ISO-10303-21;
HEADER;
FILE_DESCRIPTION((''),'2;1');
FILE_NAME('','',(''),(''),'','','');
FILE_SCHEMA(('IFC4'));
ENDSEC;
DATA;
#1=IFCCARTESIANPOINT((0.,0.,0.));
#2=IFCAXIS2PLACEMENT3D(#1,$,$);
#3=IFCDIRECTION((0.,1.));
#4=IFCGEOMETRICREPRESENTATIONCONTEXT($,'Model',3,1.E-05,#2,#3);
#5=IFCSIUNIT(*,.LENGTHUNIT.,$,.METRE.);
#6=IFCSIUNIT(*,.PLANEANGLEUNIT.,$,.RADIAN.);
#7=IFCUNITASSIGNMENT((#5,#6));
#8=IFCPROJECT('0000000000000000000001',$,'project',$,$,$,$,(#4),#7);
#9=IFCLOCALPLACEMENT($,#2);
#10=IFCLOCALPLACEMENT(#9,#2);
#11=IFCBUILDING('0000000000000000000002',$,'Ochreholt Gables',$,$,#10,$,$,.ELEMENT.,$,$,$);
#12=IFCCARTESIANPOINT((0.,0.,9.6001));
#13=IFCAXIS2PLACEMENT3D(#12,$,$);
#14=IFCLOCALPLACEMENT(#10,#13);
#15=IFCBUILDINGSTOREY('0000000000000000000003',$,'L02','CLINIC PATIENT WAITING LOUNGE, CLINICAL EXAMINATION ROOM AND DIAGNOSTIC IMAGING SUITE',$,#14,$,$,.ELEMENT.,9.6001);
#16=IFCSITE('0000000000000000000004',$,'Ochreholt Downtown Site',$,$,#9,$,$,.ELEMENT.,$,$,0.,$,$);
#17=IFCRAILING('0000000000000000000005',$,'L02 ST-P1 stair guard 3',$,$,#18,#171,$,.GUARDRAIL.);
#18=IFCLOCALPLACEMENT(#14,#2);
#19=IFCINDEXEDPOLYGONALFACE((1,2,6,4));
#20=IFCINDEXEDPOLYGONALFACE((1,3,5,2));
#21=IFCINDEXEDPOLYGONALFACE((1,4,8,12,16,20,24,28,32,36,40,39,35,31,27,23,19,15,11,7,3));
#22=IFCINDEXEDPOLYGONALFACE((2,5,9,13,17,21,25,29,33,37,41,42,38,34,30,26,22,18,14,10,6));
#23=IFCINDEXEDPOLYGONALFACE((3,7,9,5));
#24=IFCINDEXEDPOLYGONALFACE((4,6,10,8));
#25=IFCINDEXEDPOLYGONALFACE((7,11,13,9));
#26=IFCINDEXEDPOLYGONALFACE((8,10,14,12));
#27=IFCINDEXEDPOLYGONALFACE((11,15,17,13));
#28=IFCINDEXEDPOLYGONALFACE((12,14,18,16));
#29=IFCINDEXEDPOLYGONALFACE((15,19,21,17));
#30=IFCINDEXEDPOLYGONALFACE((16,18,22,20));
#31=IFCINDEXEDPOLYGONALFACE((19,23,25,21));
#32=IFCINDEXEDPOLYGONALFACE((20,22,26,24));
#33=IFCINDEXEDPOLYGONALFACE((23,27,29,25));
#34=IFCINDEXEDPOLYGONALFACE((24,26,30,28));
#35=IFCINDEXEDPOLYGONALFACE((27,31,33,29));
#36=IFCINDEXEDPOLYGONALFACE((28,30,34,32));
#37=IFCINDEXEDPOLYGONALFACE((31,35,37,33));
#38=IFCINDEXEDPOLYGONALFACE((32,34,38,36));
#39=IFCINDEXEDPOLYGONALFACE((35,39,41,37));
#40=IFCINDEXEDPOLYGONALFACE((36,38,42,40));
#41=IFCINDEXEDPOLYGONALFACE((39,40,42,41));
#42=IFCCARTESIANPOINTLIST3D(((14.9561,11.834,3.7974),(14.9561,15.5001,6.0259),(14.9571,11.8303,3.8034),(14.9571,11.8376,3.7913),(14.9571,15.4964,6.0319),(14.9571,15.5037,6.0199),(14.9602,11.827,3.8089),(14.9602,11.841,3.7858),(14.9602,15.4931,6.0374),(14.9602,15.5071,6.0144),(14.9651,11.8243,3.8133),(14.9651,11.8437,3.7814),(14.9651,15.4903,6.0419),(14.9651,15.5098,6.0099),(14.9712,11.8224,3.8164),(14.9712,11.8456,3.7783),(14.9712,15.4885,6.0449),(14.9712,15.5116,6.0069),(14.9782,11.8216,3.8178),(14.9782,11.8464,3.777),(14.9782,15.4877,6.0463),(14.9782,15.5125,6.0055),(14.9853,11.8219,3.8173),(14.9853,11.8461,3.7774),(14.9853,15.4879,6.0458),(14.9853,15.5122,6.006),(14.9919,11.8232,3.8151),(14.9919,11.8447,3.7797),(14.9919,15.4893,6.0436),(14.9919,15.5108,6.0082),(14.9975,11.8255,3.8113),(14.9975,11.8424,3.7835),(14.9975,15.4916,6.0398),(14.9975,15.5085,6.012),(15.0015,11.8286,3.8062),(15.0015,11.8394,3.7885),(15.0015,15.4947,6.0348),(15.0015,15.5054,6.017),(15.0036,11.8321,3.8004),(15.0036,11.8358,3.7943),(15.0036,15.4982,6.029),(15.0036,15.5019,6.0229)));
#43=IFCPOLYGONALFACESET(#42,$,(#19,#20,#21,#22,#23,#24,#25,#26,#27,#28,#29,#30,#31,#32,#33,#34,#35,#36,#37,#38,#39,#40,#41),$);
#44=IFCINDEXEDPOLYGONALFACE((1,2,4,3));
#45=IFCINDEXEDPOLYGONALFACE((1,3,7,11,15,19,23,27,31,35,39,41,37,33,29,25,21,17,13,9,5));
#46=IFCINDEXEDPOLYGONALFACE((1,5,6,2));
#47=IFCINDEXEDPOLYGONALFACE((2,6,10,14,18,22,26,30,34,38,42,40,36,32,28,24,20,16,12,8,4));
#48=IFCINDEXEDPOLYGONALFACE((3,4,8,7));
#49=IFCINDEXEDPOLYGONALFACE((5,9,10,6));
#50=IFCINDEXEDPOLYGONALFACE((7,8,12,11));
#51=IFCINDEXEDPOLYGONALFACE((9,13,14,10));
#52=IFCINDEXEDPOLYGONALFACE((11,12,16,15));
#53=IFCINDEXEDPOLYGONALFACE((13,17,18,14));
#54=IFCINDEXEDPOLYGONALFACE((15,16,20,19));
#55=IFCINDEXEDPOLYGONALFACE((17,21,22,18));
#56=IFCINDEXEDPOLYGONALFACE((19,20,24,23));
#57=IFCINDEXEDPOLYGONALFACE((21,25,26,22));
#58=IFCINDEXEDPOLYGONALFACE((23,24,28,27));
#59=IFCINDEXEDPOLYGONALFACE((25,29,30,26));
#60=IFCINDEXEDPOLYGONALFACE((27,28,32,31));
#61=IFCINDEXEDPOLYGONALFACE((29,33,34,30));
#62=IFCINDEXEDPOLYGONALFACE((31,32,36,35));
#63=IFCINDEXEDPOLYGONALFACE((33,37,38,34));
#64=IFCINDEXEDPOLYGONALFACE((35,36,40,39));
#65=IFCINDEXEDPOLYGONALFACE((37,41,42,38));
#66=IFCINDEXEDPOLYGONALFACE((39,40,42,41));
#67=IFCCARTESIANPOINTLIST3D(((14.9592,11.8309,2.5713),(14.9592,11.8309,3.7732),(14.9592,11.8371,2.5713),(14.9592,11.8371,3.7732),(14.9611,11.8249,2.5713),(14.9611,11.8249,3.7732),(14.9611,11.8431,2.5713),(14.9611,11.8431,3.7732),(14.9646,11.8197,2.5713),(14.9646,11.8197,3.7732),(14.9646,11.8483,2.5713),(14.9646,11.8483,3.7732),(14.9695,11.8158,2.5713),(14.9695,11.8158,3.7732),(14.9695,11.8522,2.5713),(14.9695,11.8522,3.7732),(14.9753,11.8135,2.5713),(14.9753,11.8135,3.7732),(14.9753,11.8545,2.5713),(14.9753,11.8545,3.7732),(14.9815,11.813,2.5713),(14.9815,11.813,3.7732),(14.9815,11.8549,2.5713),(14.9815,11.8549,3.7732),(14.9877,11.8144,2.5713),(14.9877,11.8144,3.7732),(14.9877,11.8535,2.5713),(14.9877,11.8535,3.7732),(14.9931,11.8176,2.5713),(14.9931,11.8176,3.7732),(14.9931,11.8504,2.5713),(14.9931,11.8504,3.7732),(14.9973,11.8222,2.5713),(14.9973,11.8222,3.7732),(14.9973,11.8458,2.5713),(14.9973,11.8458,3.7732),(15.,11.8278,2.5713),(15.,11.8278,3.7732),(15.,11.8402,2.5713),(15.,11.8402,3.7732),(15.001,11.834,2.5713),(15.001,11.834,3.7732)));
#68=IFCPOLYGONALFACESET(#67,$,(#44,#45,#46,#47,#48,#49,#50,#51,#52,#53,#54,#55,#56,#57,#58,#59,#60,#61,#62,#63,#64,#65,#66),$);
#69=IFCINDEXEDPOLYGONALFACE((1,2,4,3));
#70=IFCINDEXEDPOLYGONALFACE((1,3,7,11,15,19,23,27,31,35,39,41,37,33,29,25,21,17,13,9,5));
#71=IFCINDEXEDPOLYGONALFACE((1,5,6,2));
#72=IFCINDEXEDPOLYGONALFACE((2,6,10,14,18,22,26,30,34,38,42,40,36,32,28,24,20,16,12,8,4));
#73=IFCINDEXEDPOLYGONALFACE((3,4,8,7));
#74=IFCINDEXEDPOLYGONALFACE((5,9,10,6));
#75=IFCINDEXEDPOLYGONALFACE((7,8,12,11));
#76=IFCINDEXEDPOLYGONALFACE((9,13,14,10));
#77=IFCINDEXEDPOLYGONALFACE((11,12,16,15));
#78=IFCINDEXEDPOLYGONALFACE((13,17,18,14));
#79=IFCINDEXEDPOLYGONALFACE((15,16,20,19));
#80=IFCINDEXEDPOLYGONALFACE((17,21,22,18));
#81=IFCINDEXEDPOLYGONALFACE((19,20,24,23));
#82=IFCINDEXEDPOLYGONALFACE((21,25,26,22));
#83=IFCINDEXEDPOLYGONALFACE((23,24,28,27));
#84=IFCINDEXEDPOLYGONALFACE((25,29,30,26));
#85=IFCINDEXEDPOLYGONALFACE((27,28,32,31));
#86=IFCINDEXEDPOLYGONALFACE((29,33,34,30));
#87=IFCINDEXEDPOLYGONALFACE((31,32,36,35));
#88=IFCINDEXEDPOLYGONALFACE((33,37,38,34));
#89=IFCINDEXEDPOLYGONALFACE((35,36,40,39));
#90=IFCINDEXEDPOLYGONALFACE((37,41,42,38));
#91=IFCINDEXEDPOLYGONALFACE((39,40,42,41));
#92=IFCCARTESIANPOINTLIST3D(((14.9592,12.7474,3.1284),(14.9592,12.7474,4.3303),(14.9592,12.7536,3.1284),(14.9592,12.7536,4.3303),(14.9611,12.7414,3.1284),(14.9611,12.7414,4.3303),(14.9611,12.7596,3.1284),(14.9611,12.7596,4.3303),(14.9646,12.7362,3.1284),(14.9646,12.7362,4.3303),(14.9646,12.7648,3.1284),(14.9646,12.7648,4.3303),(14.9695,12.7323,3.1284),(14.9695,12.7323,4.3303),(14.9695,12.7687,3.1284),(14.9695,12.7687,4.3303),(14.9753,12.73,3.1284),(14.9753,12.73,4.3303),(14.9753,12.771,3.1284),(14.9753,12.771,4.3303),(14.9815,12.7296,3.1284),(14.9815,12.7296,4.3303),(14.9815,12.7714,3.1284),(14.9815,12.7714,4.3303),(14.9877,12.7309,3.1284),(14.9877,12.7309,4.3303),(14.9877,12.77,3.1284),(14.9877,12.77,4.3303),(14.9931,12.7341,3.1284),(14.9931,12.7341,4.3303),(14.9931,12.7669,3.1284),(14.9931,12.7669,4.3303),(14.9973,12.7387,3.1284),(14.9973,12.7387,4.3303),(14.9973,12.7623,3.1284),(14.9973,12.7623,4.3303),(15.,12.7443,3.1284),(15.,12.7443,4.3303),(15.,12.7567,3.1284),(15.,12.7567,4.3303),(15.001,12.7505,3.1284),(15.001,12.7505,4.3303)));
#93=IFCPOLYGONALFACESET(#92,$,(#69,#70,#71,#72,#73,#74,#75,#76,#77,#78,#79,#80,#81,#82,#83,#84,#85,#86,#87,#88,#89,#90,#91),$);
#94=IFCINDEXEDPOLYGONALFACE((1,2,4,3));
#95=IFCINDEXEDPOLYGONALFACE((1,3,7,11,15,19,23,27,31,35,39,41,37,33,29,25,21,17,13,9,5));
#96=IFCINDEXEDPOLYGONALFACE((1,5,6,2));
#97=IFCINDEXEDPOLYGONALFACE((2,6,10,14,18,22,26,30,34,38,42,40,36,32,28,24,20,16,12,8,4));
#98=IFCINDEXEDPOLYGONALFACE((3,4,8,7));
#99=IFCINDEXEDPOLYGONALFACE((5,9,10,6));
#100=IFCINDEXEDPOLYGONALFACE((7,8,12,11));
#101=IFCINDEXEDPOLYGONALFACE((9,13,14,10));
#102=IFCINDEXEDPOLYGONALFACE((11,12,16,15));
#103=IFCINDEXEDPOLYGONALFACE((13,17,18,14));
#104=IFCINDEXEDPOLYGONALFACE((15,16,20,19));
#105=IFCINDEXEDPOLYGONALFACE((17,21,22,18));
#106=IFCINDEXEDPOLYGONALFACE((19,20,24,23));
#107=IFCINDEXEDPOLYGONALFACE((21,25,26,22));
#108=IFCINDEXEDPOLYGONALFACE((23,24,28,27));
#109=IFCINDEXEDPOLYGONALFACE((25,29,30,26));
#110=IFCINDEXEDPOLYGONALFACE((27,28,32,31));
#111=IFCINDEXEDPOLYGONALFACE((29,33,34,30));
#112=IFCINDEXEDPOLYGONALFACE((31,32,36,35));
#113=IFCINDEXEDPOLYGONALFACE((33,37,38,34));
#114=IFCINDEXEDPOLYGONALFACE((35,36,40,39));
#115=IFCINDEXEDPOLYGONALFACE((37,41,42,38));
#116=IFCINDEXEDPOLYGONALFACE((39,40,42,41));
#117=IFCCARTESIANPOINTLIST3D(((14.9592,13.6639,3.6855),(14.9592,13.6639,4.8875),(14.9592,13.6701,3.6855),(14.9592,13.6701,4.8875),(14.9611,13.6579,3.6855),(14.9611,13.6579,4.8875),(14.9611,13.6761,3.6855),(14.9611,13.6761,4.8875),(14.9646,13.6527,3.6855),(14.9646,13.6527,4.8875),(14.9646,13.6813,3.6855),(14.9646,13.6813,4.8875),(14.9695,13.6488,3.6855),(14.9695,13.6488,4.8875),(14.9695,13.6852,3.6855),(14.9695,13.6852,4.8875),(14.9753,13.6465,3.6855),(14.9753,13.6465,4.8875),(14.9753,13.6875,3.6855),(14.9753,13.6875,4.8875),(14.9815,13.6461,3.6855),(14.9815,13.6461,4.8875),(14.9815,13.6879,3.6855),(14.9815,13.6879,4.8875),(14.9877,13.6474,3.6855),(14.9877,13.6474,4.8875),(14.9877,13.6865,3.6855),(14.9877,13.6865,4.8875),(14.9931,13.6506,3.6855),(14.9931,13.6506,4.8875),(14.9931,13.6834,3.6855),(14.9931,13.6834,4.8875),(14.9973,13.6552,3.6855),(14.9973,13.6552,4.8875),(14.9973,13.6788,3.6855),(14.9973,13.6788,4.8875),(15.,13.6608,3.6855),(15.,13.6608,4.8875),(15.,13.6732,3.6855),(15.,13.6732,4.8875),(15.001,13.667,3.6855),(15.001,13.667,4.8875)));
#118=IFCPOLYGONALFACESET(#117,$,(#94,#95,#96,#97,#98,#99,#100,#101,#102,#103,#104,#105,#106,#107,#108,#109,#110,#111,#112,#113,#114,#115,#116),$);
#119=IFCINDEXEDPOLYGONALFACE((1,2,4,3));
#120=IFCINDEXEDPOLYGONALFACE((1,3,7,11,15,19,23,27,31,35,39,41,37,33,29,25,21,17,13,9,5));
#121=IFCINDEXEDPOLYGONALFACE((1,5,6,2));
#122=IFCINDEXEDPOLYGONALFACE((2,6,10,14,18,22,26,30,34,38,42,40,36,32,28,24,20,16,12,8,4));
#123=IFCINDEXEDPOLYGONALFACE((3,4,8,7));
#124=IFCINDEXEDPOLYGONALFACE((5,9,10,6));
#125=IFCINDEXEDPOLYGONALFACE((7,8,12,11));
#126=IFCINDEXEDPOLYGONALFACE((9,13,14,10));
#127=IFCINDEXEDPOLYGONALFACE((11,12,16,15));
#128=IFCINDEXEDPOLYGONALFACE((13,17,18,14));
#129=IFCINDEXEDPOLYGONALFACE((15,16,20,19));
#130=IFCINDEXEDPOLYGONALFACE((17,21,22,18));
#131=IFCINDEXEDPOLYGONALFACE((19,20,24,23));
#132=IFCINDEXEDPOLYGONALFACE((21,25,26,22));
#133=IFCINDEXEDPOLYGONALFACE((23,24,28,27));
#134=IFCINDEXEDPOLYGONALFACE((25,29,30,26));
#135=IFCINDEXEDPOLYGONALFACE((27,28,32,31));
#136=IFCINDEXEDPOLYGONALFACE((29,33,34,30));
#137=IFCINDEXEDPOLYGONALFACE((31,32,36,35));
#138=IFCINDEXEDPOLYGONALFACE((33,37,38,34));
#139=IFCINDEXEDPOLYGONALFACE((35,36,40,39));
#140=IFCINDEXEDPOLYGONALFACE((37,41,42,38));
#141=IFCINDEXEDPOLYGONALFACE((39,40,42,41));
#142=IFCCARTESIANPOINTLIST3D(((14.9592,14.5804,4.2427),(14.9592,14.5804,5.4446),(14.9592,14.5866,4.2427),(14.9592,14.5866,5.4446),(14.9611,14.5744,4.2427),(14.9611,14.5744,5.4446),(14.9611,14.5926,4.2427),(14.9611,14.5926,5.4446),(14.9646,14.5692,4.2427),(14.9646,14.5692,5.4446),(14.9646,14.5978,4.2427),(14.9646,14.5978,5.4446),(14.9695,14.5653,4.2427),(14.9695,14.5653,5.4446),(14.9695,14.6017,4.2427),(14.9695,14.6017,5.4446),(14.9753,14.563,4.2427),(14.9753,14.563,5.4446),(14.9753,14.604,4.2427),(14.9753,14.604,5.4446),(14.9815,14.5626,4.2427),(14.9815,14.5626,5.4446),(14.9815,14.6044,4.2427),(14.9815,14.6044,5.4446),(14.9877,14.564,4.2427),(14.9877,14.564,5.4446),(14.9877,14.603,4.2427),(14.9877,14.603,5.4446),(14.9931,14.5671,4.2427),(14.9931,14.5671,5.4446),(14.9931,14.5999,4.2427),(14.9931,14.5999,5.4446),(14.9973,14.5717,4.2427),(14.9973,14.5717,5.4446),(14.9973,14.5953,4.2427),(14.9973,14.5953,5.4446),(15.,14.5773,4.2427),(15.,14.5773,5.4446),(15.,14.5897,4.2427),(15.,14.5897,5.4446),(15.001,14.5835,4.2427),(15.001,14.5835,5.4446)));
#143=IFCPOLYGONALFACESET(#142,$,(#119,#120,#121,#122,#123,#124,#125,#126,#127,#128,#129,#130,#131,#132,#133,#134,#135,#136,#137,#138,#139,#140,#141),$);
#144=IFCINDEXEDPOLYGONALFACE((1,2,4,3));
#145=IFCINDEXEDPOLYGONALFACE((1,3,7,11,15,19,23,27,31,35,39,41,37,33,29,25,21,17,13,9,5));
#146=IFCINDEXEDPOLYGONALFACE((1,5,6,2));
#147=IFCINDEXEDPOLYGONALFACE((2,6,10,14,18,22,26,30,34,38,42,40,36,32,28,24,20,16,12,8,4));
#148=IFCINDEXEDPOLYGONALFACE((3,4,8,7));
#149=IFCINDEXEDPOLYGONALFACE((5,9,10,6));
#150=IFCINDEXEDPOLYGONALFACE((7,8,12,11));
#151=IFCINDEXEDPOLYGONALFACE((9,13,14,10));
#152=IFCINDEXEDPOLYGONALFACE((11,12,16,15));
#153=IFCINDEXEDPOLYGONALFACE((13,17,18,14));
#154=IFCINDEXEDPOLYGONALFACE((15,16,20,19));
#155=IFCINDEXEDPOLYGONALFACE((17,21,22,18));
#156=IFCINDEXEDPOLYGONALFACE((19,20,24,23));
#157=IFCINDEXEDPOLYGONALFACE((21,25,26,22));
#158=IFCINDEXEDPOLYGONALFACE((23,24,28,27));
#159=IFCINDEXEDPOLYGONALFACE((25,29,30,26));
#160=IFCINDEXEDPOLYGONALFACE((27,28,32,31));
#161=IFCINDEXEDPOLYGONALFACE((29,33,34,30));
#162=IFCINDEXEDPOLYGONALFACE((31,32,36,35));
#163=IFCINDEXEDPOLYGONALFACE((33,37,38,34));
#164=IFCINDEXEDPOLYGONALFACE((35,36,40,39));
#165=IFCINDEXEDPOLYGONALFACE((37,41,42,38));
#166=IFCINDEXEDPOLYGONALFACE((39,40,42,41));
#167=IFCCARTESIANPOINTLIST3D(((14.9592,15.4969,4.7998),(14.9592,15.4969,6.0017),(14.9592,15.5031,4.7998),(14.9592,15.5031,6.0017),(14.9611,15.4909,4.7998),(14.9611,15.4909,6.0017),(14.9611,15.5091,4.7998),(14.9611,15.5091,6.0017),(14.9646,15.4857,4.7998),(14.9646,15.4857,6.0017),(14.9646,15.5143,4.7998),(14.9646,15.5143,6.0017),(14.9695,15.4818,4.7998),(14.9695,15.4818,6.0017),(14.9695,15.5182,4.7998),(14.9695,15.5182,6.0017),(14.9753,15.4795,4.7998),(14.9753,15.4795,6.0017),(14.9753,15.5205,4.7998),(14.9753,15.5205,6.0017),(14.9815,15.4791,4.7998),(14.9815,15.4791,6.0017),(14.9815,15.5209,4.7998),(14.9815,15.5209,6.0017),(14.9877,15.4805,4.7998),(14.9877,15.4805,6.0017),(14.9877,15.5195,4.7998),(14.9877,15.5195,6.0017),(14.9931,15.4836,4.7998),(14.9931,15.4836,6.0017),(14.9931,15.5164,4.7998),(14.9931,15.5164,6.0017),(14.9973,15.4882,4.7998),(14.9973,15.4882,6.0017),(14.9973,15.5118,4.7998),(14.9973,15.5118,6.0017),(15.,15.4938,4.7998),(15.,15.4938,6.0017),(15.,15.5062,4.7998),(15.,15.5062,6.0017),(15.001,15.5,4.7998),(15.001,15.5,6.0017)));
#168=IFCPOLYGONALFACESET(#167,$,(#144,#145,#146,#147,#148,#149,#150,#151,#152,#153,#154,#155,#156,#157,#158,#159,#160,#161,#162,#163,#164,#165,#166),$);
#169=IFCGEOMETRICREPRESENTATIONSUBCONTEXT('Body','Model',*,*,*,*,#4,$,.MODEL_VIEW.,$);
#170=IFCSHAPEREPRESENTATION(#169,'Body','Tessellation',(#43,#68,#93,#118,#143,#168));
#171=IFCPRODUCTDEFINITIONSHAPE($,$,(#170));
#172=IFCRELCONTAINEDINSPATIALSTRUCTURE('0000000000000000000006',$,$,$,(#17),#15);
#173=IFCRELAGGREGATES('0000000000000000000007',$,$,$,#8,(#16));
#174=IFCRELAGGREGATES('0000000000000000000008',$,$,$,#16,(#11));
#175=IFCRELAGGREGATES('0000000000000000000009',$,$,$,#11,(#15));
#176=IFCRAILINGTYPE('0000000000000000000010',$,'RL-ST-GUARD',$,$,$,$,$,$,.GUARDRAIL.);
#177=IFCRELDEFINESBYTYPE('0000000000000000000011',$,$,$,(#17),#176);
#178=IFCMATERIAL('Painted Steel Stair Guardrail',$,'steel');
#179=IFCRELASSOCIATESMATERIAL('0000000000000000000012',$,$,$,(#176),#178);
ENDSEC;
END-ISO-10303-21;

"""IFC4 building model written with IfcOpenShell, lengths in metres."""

from ifc_helpers import new_model, si_unit, direction, frame, origin, origin_2d, place, context, subcontext, project, spatial, circle, extrude, material, type_object, element, save


model = new_model("IFC4")

# Units and contexts
model_context = context("Model", 3, precision=1e-05, world=origin(), true_north=direction((0.0, 1.0)))
body_context = subcontext(model_context, "Body", "Model", "MODEL_VIEW")
ifc_project = project(units=[si_unit("LENGTHUNIT", "METRE"), si_unit("PLANEANGLEUNIT", "RADIAN")], contexts=[model_context])

# Site, building, storey
site_placement = place(None, origin())
site = spatial("IfcSite", under=ifc_project, at=site_placement, Name="Ochreholt Downtown Site", CompositionType="ELEMENT", RefElevation=0.0)
building_placement = place(site_placement, origin())
building = spatial("IfcBuilding", under=site, at=building_placement, Name="Ochreholt Gables", CompositionType="ELEMENT")
storey_placement = place(building_placement, frame((0.0, 0.0, 9.6001)))
storey = spatial("IfcBuildingStorey", under=building, at=storey_placement, Name="L02", Description="CLINIC PATIENT WAITING LOUNGE, CLINICAL EXAMINATION ROOM AND DIAGNOSTIC IMAGING SUITE", CompositionType="ELEMENT", Elevation=9.6001)

# Railing
ifc_material_1 = material(Name="Painted Steel Stair Guardrail", Category="steel")
railing_type_1 = type_object("IfcRailingType", Name="RL-ST-GUARD", PredefinedType="GUARDRAIL", material=ifc_material_1)
railing_1_placement = place(storey_placement, frame((14.98, 11.834, 2.5713)))
element("IfcRailing", 1, at=railing_1_placement, inside=storey, type_object=railing_type_1, Name="L02 ST-P1 stair guard 3", PredefinedType="GUARDRAIL", context=body_context, shape_type="SweptSolid", body=[
    extrude(circle(Radius=0.0239, at=origin_2d()), frame((0.0, 0.0, 1.2261), z_axis=(0.0, 0.854506, 0.519441), x_axis=(-1.0, 0.0, 0.0)), (0.0, 0.0, 1.0), 4.2903),
    extrude(circle(Radius=0.021, at=origin_2d()), origin(), (0.0, 0.0, 1.0), 1.2019),
    extrude(circle(Radius=0.021, at=origin_2d()), frame((0.0, 0.9165, 0.5571)), (0.0, 0.0, 1.0), 1.2019),
    extrude(circle(Radius=0.021, at=origin_2d()), frame((0.0, 1.833, 1.1143)), (0.0, 0.0, 1.0), 1.2019),
    extrude(circle(Radius=0.021, at=origin_2d()), frame((0.0, 2.7495, 1.6714)), (0.0, 0.0, 1.0), 1.2019),
    extrude(circle(Radius=0.021, at=origin_2d()), frame((0.0, 3.666, 2.2285)), (0.0, 0.0, 1.0), 1.2019),
])

save(model, "model.ifc")
